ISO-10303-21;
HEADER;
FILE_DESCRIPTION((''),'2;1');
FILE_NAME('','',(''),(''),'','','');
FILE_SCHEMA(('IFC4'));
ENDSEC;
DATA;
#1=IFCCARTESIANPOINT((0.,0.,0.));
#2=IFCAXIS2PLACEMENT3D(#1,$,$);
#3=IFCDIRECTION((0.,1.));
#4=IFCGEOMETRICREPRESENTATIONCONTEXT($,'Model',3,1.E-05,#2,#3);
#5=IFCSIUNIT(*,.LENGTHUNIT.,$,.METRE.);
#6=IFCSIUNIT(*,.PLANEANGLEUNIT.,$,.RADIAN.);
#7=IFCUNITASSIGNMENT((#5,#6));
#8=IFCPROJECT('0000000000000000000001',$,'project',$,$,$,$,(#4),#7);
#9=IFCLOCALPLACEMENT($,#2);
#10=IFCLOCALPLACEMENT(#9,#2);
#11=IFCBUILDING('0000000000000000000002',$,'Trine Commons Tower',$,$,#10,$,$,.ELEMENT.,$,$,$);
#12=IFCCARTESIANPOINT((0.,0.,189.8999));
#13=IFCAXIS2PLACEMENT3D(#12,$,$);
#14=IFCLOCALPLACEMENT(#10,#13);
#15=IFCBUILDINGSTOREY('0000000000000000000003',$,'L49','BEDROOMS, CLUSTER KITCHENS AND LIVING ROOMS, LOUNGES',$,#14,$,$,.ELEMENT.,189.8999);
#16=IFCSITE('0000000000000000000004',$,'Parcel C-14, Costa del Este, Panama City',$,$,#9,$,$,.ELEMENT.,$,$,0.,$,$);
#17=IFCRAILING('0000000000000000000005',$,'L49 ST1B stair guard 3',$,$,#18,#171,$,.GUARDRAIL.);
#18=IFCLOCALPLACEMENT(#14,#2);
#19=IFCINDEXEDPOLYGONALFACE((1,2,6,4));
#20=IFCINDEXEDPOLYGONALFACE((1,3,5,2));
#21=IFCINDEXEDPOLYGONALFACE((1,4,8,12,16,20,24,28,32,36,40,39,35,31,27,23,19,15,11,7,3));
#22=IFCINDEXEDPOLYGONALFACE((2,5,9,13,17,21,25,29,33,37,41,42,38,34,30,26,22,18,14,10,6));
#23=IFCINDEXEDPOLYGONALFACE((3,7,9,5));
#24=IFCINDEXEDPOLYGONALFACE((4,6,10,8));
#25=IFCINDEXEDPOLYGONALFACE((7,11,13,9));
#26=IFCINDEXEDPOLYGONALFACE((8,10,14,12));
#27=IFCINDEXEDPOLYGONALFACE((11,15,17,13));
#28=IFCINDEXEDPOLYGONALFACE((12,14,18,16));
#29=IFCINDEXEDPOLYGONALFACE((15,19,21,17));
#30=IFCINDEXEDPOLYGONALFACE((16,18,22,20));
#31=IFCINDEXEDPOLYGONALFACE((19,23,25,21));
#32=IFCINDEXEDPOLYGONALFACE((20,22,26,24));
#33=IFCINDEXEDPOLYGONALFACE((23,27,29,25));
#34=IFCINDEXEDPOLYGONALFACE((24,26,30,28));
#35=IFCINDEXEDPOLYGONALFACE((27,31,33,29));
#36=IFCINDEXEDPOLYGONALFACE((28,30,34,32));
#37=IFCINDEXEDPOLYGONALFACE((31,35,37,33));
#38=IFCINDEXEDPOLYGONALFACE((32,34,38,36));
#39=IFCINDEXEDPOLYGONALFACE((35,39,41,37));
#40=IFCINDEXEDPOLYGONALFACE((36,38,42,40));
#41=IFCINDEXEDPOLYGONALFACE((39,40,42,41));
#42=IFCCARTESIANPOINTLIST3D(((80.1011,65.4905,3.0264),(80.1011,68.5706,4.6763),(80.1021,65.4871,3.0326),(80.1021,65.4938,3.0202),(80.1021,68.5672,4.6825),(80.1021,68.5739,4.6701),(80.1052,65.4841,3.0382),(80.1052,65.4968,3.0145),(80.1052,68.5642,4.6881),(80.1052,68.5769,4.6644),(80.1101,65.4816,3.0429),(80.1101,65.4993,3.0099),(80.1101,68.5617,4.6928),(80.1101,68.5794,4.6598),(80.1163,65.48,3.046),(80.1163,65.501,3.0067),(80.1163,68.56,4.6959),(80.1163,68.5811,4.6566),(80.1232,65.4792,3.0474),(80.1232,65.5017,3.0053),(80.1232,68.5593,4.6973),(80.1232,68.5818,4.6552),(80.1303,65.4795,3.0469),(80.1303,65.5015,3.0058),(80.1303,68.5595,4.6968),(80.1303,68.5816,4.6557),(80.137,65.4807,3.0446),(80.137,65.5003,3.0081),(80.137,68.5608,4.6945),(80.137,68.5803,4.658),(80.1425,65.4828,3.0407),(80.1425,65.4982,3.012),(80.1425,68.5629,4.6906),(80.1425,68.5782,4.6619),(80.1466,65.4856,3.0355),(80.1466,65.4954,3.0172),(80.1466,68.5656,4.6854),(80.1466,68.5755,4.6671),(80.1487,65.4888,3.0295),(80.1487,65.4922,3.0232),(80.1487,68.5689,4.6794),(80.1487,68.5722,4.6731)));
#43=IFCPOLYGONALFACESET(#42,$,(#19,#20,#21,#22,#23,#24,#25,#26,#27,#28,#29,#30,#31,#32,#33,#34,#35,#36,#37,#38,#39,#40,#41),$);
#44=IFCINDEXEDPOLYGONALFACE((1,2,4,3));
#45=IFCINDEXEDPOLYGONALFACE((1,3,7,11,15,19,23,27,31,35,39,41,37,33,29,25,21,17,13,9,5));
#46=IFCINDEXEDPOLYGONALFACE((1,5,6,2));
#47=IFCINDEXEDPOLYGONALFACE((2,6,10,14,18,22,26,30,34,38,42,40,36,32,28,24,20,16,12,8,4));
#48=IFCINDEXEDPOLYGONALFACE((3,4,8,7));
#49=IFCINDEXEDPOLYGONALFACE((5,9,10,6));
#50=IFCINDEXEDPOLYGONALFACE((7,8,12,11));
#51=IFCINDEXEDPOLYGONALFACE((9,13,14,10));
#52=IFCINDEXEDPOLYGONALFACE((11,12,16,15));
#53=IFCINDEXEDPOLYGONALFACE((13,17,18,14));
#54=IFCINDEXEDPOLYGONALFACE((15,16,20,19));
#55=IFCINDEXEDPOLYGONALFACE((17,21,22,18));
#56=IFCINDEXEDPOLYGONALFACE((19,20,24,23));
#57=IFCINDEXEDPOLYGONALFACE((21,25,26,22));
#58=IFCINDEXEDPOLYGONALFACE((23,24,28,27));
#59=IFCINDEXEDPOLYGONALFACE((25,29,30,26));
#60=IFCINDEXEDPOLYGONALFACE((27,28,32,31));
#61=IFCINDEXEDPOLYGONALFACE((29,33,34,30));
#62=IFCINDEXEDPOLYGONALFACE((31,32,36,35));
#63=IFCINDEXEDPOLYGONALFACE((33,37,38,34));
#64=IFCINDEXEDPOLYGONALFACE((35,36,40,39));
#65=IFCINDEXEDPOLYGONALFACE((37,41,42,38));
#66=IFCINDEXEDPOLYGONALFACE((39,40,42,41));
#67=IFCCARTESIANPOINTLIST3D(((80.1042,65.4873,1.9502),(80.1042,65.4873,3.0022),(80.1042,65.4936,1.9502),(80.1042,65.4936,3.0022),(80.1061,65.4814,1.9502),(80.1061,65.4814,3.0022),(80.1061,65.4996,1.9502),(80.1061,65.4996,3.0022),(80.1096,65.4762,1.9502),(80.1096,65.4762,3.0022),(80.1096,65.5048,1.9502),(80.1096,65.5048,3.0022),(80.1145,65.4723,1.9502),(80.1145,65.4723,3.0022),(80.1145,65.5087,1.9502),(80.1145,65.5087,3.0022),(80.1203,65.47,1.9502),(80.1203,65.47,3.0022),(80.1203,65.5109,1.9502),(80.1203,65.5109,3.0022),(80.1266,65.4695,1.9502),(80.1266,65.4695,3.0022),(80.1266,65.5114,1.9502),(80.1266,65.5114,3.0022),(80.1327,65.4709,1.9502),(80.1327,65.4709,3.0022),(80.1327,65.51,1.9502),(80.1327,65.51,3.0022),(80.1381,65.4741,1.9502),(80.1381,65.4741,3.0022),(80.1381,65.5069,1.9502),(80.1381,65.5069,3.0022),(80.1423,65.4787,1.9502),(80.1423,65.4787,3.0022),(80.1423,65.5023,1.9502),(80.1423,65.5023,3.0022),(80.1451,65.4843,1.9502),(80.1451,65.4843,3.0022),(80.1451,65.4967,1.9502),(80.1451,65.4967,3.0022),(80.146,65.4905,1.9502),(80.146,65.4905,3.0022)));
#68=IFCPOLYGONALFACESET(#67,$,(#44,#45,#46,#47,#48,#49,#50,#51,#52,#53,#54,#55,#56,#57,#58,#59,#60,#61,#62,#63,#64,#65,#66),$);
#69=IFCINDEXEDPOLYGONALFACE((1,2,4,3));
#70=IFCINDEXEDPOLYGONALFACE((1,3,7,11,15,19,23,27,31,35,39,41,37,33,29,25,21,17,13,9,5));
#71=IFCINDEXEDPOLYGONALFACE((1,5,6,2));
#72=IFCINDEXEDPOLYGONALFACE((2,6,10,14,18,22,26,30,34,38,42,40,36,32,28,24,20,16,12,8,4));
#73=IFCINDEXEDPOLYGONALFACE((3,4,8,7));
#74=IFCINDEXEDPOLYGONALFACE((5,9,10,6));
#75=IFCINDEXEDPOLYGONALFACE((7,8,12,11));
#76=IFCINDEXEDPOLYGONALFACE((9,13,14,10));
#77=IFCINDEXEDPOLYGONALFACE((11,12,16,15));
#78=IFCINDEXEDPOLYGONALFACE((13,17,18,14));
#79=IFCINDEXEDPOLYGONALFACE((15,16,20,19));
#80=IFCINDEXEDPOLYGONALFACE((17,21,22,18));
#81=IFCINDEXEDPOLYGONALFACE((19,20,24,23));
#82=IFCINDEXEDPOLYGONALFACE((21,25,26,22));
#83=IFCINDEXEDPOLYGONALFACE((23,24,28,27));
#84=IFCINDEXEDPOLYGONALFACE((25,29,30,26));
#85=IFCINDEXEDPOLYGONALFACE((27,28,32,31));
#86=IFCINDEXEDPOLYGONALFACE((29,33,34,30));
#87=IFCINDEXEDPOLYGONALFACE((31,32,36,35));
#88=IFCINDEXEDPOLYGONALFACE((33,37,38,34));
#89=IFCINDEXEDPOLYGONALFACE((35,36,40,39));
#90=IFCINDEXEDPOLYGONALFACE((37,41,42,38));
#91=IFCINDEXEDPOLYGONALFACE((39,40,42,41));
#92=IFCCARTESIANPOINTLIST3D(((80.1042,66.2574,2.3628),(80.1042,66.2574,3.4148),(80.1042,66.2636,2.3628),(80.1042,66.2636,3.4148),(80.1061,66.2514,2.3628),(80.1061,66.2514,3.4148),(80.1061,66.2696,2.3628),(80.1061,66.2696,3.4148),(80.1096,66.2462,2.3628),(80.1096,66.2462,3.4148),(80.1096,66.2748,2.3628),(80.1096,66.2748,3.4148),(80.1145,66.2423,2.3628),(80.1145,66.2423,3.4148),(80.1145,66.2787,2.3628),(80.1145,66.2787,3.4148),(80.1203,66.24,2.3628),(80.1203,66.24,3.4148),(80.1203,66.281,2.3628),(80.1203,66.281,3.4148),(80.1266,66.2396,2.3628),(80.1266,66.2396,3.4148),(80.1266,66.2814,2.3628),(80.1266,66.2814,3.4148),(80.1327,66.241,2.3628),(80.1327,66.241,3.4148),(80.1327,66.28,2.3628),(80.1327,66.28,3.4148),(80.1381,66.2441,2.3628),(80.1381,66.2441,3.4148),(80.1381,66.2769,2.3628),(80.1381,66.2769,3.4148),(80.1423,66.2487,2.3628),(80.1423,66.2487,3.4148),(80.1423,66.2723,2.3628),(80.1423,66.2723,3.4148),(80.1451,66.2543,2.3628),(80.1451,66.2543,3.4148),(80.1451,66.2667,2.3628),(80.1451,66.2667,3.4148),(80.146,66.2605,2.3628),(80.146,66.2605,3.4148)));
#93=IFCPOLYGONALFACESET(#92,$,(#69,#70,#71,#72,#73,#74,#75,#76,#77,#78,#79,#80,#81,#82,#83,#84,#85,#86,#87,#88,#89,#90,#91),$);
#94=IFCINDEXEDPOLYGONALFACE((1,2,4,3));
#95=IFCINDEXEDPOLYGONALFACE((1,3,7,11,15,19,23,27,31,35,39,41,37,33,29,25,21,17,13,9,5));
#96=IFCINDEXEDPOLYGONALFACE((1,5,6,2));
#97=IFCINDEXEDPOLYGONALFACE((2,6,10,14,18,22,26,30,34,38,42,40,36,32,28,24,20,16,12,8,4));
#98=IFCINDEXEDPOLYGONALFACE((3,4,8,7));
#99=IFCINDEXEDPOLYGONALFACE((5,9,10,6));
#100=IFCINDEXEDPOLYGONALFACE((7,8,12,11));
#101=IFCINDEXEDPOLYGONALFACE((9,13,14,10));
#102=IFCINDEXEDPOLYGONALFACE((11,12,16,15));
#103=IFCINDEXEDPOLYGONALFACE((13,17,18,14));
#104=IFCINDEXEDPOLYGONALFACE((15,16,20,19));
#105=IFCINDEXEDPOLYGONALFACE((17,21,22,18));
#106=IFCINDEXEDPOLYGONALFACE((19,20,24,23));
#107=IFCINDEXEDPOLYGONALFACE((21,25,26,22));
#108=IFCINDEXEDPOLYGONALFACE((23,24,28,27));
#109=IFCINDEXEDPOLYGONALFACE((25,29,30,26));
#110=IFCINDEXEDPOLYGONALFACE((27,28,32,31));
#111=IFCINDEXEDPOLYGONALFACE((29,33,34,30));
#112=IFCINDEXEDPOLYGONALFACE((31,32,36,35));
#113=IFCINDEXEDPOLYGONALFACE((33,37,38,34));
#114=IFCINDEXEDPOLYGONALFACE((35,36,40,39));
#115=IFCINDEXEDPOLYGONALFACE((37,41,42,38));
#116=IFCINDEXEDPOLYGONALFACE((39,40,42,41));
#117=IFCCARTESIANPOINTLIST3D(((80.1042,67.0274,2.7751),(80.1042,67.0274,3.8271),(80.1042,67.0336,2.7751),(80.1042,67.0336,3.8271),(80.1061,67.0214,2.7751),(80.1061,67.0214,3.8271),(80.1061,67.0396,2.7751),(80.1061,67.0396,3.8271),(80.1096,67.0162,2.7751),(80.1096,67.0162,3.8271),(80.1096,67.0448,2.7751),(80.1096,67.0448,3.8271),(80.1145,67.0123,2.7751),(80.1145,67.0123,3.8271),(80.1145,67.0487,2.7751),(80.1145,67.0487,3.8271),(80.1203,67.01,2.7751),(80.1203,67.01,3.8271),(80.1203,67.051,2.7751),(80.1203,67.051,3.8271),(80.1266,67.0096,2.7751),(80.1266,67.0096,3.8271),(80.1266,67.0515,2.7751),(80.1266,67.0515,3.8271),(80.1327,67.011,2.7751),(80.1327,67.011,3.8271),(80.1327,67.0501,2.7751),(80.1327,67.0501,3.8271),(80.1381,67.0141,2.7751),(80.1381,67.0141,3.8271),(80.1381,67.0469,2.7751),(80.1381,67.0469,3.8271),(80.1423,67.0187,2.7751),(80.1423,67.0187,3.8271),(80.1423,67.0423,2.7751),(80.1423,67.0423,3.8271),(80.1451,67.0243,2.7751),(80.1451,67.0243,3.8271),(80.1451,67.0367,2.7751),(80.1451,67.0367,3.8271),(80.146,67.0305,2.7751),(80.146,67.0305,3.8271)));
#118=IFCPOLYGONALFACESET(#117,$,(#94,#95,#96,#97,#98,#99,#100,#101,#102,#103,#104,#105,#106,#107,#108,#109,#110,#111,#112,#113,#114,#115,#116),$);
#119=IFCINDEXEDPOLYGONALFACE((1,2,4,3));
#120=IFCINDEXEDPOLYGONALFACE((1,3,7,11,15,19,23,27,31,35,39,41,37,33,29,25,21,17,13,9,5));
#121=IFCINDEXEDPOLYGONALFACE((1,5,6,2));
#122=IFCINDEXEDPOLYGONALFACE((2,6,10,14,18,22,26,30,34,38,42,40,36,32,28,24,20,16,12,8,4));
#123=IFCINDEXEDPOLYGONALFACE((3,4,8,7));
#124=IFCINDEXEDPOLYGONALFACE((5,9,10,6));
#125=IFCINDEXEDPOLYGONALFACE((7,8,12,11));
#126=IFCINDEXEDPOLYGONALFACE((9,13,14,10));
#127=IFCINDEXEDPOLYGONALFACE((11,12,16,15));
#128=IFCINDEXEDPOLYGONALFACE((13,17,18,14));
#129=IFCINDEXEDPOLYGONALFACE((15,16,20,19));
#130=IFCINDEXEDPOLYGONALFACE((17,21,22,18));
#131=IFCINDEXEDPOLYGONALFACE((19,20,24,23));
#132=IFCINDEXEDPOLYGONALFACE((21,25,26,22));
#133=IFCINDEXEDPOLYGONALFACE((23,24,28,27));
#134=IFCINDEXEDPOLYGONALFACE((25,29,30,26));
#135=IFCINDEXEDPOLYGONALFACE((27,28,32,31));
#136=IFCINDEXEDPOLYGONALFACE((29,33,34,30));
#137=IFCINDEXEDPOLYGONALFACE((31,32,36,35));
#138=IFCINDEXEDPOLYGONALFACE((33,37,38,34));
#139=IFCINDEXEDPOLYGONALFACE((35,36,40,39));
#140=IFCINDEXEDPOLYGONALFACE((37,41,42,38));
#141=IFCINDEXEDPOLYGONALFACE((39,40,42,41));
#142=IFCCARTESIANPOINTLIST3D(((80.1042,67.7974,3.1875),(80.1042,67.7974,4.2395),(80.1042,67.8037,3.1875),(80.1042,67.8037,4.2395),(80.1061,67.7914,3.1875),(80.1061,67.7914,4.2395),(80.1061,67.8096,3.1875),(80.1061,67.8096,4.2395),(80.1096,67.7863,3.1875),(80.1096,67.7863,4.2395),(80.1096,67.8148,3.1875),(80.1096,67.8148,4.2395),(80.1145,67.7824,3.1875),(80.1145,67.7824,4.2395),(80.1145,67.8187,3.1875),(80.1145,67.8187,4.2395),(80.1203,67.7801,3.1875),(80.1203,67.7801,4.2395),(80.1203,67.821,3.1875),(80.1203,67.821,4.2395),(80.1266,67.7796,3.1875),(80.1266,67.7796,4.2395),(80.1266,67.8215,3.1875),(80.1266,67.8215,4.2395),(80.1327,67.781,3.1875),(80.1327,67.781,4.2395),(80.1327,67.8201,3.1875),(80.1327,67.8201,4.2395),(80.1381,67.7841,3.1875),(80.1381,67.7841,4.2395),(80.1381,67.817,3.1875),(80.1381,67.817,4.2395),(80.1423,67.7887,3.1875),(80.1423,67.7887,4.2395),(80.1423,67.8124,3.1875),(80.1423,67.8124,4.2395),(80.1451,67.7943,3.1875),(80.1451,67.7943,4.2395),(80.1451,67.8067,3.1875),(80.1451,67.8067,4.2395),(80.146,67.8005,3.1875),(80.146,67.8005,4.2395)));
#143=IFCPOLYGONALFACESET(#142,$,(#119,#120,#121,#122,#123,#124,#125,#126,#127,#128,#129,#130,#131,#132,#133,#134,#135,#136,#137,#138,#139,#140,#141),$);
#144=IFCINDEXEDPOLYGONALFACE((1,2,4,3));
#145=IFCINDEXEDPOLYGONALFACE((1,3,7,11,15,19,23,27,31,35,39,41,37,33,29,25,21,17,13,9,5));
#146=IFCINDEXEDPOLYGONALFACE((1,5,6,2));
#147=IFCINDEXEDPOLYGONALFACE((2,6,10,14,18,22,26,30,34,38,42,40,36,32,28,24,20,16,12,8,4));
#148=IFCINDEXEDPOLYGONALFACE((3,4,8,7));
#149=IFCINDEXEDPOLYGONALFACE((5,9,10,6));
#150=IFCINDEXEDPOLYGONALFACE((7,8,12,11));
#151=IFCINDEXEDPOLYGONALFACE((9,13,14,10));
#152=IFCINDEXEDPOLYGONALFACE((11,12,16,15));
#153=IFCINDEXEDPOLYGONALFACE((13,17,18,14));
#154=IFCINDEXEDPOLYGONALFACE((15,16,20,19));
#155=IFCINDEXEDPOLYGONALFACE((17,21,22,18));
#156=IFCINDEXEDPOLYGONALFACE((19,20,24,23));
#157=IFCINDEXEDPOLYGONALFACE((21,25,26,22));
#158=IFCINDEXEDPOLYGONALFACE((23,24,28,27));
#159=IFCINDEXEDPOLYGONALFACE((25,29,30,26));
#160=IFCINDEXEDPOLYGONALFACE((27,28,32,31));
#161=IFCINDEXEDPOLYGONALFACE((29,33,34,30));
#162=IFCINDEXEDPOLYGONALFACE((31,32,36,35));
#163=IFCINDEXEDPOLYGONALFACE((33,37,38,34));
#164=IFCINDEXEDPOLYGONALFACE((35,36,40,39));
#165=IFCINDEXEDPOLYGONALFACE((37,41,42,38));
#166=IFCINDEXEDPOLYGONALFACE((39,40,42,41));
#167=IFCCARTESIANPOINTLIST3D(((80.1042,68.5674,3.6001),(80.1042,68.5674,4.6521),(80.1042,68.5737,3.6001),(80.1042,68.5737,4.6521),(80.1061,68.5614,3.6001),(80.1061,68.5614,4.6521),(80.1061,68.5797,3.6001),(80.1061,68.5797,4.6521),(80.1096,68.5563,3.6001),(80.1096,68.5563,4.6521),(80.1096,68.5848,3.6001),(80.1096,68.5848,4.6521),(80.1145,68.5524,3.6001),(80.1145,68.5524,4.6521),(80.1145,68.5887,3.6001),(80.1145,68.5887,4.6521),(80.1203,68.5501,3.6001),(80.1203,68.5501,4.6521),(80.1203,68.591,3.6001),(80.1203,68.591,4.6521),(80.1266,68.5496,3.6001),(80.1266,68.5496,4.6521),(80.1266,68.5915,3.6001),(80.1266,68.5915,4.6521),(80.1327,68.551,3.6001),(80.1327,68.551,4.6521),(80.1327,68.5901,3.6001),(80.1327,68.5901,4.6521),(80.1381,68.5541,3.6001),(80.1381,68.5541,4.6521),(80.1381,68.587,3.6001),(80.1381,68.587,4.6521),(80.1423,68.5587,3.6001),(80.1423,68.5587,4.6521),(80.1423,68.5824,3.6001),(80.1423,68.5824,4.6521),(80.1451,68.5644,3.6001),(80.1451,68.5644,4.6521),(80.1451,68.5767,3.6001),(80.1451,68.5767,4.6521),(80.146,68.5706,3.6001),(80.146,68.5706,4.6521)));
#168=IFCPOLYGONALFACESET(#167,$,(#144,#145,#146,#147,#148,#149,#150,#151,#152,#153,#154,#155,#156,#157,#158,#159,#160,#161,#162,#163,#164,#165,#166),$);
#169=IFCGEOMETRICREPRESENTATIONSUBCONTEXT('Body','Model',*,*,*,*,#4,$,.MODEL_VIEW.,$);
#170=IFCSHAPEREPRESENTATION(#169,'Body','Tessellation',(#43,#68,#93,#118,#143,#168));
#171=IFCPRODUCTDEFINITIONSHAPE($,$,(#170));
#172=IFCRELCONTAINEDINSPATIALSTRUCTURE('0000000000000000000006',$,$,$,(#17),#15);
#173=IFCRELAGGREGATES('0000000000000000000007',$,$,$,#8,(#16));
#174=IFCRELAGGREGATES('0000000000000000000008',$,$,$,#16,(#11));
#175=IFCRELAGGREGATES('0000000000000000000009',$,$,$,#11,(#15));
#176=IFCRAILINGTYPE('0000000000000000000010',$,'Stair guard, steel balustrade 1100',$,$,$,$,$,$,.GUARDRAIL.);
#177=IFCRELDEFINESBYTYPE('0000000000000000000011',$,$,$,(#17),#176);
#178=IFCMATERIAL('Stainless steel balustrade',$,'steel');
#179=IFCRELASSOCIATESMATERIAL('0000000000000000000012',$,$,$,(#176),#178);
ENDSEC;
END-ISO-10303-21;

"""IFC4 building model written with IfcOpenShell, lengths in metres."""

from ifc_helpers import new_model, si_unit, direction, frame, origin, origin_2d, place, context, subcontext, project, spatial, circle, extrude, material, type_object, element, save


model = new_model("IFC4")

# Units and contexts
model_context = context("Model", 3, precision=1e-05, world=origin(), true_north=direction((0.0, 1.0)))
body_context = subcontext(model_context, "Body", "Model", "MODEL_VIEW")
ifc_project = project(units=[si_unit("LENGTHUNIT", "METRE"), si_unit("PLANEANGLEUNIT", "RADIAN")], contexts=[model_context])

# Site, building, storey
site_placement = place(None, origin())
site = spatial("IfcSite", under=ifc_project, at=site_placement, Name="Parcel C-14, Costa del Este, Panama City", CompositionType="ELEMENT", RefElevation=0.0)
building_placement = place(site_placement, origin())
building = spatial("IfcBuilding", under=site, at=building_placement, Name="Trine Commons Tower", CompositionType="ELEMENT")
storey_placement = place(building_placement, frame((0.0, 0.0, 189.8999)))
storey = spatial("IfcBuildingStorey", under=building, at=storey_placement, Name="L49", Description="BEDROOMS, CLUSTER KITCHENS AND LIVING ROOMS, LOUNGES", CompositionType="ELEMENT", Elevation=189.8999)

# Railing
ifc_material_1 = material(Name="Stainless steel balustrade", Category="steel")
railing_type_1 = type_object("IfcRailingType", Name="Stair guard, steel balustrade 1100", PredefinedType="GUARDRAIL", material=ifc_material_1)
railing_1_placement = place(storey_placement, frame((80.125, 65.4905, 1.9502)))
element("IfcRailing", 1, at=railing_1_placement, inside=storey, type_object=railing_type_1, Name="L49 ST1B stair guard 3", PredefinedType="GUARDRAIL", context=body_context, shape_type="SweptSolid", body=[
    extrude(circle(Radius=0.0239, at=origin_2d()), frame((0.0, 0.0, 1.0762), z_axis=(0.0, 0.881497, 0.47219), x_axis=(-1.0, 0.0, 0.0)), (0.0, 0.0, 1.0), 3.4941),
    extrude(circle(Radius=0.021, at=origin_2d()), origin(), (0.0, 0.0, 1.0), 1.052),
    extrude(circle(Radius=0.021, at=origin_2d()), frame((0.0, 0.77, 0.4126)), (0.0, 0.0, 1.0), 1.052),
    extrude(circle(Radius=0.021, at=origin_2d()), frame((0.0, 1.54, 0.825)), (0.0, 0.0, 1.0), 1.052),
    extrude(circle(Radius=0.021, at=origin_2d()), frame((0.0, 2.3101, 1.2373)), (0.0, 0.0, 1.0), 1.052),
    extrude(circle(Radius=0.021, at=origin_2d()), frame((0.0, 3.0801, 1.6499)), (0.0, 0.0, 1.0), 1.052),
])

save(model, "model.ifc")
